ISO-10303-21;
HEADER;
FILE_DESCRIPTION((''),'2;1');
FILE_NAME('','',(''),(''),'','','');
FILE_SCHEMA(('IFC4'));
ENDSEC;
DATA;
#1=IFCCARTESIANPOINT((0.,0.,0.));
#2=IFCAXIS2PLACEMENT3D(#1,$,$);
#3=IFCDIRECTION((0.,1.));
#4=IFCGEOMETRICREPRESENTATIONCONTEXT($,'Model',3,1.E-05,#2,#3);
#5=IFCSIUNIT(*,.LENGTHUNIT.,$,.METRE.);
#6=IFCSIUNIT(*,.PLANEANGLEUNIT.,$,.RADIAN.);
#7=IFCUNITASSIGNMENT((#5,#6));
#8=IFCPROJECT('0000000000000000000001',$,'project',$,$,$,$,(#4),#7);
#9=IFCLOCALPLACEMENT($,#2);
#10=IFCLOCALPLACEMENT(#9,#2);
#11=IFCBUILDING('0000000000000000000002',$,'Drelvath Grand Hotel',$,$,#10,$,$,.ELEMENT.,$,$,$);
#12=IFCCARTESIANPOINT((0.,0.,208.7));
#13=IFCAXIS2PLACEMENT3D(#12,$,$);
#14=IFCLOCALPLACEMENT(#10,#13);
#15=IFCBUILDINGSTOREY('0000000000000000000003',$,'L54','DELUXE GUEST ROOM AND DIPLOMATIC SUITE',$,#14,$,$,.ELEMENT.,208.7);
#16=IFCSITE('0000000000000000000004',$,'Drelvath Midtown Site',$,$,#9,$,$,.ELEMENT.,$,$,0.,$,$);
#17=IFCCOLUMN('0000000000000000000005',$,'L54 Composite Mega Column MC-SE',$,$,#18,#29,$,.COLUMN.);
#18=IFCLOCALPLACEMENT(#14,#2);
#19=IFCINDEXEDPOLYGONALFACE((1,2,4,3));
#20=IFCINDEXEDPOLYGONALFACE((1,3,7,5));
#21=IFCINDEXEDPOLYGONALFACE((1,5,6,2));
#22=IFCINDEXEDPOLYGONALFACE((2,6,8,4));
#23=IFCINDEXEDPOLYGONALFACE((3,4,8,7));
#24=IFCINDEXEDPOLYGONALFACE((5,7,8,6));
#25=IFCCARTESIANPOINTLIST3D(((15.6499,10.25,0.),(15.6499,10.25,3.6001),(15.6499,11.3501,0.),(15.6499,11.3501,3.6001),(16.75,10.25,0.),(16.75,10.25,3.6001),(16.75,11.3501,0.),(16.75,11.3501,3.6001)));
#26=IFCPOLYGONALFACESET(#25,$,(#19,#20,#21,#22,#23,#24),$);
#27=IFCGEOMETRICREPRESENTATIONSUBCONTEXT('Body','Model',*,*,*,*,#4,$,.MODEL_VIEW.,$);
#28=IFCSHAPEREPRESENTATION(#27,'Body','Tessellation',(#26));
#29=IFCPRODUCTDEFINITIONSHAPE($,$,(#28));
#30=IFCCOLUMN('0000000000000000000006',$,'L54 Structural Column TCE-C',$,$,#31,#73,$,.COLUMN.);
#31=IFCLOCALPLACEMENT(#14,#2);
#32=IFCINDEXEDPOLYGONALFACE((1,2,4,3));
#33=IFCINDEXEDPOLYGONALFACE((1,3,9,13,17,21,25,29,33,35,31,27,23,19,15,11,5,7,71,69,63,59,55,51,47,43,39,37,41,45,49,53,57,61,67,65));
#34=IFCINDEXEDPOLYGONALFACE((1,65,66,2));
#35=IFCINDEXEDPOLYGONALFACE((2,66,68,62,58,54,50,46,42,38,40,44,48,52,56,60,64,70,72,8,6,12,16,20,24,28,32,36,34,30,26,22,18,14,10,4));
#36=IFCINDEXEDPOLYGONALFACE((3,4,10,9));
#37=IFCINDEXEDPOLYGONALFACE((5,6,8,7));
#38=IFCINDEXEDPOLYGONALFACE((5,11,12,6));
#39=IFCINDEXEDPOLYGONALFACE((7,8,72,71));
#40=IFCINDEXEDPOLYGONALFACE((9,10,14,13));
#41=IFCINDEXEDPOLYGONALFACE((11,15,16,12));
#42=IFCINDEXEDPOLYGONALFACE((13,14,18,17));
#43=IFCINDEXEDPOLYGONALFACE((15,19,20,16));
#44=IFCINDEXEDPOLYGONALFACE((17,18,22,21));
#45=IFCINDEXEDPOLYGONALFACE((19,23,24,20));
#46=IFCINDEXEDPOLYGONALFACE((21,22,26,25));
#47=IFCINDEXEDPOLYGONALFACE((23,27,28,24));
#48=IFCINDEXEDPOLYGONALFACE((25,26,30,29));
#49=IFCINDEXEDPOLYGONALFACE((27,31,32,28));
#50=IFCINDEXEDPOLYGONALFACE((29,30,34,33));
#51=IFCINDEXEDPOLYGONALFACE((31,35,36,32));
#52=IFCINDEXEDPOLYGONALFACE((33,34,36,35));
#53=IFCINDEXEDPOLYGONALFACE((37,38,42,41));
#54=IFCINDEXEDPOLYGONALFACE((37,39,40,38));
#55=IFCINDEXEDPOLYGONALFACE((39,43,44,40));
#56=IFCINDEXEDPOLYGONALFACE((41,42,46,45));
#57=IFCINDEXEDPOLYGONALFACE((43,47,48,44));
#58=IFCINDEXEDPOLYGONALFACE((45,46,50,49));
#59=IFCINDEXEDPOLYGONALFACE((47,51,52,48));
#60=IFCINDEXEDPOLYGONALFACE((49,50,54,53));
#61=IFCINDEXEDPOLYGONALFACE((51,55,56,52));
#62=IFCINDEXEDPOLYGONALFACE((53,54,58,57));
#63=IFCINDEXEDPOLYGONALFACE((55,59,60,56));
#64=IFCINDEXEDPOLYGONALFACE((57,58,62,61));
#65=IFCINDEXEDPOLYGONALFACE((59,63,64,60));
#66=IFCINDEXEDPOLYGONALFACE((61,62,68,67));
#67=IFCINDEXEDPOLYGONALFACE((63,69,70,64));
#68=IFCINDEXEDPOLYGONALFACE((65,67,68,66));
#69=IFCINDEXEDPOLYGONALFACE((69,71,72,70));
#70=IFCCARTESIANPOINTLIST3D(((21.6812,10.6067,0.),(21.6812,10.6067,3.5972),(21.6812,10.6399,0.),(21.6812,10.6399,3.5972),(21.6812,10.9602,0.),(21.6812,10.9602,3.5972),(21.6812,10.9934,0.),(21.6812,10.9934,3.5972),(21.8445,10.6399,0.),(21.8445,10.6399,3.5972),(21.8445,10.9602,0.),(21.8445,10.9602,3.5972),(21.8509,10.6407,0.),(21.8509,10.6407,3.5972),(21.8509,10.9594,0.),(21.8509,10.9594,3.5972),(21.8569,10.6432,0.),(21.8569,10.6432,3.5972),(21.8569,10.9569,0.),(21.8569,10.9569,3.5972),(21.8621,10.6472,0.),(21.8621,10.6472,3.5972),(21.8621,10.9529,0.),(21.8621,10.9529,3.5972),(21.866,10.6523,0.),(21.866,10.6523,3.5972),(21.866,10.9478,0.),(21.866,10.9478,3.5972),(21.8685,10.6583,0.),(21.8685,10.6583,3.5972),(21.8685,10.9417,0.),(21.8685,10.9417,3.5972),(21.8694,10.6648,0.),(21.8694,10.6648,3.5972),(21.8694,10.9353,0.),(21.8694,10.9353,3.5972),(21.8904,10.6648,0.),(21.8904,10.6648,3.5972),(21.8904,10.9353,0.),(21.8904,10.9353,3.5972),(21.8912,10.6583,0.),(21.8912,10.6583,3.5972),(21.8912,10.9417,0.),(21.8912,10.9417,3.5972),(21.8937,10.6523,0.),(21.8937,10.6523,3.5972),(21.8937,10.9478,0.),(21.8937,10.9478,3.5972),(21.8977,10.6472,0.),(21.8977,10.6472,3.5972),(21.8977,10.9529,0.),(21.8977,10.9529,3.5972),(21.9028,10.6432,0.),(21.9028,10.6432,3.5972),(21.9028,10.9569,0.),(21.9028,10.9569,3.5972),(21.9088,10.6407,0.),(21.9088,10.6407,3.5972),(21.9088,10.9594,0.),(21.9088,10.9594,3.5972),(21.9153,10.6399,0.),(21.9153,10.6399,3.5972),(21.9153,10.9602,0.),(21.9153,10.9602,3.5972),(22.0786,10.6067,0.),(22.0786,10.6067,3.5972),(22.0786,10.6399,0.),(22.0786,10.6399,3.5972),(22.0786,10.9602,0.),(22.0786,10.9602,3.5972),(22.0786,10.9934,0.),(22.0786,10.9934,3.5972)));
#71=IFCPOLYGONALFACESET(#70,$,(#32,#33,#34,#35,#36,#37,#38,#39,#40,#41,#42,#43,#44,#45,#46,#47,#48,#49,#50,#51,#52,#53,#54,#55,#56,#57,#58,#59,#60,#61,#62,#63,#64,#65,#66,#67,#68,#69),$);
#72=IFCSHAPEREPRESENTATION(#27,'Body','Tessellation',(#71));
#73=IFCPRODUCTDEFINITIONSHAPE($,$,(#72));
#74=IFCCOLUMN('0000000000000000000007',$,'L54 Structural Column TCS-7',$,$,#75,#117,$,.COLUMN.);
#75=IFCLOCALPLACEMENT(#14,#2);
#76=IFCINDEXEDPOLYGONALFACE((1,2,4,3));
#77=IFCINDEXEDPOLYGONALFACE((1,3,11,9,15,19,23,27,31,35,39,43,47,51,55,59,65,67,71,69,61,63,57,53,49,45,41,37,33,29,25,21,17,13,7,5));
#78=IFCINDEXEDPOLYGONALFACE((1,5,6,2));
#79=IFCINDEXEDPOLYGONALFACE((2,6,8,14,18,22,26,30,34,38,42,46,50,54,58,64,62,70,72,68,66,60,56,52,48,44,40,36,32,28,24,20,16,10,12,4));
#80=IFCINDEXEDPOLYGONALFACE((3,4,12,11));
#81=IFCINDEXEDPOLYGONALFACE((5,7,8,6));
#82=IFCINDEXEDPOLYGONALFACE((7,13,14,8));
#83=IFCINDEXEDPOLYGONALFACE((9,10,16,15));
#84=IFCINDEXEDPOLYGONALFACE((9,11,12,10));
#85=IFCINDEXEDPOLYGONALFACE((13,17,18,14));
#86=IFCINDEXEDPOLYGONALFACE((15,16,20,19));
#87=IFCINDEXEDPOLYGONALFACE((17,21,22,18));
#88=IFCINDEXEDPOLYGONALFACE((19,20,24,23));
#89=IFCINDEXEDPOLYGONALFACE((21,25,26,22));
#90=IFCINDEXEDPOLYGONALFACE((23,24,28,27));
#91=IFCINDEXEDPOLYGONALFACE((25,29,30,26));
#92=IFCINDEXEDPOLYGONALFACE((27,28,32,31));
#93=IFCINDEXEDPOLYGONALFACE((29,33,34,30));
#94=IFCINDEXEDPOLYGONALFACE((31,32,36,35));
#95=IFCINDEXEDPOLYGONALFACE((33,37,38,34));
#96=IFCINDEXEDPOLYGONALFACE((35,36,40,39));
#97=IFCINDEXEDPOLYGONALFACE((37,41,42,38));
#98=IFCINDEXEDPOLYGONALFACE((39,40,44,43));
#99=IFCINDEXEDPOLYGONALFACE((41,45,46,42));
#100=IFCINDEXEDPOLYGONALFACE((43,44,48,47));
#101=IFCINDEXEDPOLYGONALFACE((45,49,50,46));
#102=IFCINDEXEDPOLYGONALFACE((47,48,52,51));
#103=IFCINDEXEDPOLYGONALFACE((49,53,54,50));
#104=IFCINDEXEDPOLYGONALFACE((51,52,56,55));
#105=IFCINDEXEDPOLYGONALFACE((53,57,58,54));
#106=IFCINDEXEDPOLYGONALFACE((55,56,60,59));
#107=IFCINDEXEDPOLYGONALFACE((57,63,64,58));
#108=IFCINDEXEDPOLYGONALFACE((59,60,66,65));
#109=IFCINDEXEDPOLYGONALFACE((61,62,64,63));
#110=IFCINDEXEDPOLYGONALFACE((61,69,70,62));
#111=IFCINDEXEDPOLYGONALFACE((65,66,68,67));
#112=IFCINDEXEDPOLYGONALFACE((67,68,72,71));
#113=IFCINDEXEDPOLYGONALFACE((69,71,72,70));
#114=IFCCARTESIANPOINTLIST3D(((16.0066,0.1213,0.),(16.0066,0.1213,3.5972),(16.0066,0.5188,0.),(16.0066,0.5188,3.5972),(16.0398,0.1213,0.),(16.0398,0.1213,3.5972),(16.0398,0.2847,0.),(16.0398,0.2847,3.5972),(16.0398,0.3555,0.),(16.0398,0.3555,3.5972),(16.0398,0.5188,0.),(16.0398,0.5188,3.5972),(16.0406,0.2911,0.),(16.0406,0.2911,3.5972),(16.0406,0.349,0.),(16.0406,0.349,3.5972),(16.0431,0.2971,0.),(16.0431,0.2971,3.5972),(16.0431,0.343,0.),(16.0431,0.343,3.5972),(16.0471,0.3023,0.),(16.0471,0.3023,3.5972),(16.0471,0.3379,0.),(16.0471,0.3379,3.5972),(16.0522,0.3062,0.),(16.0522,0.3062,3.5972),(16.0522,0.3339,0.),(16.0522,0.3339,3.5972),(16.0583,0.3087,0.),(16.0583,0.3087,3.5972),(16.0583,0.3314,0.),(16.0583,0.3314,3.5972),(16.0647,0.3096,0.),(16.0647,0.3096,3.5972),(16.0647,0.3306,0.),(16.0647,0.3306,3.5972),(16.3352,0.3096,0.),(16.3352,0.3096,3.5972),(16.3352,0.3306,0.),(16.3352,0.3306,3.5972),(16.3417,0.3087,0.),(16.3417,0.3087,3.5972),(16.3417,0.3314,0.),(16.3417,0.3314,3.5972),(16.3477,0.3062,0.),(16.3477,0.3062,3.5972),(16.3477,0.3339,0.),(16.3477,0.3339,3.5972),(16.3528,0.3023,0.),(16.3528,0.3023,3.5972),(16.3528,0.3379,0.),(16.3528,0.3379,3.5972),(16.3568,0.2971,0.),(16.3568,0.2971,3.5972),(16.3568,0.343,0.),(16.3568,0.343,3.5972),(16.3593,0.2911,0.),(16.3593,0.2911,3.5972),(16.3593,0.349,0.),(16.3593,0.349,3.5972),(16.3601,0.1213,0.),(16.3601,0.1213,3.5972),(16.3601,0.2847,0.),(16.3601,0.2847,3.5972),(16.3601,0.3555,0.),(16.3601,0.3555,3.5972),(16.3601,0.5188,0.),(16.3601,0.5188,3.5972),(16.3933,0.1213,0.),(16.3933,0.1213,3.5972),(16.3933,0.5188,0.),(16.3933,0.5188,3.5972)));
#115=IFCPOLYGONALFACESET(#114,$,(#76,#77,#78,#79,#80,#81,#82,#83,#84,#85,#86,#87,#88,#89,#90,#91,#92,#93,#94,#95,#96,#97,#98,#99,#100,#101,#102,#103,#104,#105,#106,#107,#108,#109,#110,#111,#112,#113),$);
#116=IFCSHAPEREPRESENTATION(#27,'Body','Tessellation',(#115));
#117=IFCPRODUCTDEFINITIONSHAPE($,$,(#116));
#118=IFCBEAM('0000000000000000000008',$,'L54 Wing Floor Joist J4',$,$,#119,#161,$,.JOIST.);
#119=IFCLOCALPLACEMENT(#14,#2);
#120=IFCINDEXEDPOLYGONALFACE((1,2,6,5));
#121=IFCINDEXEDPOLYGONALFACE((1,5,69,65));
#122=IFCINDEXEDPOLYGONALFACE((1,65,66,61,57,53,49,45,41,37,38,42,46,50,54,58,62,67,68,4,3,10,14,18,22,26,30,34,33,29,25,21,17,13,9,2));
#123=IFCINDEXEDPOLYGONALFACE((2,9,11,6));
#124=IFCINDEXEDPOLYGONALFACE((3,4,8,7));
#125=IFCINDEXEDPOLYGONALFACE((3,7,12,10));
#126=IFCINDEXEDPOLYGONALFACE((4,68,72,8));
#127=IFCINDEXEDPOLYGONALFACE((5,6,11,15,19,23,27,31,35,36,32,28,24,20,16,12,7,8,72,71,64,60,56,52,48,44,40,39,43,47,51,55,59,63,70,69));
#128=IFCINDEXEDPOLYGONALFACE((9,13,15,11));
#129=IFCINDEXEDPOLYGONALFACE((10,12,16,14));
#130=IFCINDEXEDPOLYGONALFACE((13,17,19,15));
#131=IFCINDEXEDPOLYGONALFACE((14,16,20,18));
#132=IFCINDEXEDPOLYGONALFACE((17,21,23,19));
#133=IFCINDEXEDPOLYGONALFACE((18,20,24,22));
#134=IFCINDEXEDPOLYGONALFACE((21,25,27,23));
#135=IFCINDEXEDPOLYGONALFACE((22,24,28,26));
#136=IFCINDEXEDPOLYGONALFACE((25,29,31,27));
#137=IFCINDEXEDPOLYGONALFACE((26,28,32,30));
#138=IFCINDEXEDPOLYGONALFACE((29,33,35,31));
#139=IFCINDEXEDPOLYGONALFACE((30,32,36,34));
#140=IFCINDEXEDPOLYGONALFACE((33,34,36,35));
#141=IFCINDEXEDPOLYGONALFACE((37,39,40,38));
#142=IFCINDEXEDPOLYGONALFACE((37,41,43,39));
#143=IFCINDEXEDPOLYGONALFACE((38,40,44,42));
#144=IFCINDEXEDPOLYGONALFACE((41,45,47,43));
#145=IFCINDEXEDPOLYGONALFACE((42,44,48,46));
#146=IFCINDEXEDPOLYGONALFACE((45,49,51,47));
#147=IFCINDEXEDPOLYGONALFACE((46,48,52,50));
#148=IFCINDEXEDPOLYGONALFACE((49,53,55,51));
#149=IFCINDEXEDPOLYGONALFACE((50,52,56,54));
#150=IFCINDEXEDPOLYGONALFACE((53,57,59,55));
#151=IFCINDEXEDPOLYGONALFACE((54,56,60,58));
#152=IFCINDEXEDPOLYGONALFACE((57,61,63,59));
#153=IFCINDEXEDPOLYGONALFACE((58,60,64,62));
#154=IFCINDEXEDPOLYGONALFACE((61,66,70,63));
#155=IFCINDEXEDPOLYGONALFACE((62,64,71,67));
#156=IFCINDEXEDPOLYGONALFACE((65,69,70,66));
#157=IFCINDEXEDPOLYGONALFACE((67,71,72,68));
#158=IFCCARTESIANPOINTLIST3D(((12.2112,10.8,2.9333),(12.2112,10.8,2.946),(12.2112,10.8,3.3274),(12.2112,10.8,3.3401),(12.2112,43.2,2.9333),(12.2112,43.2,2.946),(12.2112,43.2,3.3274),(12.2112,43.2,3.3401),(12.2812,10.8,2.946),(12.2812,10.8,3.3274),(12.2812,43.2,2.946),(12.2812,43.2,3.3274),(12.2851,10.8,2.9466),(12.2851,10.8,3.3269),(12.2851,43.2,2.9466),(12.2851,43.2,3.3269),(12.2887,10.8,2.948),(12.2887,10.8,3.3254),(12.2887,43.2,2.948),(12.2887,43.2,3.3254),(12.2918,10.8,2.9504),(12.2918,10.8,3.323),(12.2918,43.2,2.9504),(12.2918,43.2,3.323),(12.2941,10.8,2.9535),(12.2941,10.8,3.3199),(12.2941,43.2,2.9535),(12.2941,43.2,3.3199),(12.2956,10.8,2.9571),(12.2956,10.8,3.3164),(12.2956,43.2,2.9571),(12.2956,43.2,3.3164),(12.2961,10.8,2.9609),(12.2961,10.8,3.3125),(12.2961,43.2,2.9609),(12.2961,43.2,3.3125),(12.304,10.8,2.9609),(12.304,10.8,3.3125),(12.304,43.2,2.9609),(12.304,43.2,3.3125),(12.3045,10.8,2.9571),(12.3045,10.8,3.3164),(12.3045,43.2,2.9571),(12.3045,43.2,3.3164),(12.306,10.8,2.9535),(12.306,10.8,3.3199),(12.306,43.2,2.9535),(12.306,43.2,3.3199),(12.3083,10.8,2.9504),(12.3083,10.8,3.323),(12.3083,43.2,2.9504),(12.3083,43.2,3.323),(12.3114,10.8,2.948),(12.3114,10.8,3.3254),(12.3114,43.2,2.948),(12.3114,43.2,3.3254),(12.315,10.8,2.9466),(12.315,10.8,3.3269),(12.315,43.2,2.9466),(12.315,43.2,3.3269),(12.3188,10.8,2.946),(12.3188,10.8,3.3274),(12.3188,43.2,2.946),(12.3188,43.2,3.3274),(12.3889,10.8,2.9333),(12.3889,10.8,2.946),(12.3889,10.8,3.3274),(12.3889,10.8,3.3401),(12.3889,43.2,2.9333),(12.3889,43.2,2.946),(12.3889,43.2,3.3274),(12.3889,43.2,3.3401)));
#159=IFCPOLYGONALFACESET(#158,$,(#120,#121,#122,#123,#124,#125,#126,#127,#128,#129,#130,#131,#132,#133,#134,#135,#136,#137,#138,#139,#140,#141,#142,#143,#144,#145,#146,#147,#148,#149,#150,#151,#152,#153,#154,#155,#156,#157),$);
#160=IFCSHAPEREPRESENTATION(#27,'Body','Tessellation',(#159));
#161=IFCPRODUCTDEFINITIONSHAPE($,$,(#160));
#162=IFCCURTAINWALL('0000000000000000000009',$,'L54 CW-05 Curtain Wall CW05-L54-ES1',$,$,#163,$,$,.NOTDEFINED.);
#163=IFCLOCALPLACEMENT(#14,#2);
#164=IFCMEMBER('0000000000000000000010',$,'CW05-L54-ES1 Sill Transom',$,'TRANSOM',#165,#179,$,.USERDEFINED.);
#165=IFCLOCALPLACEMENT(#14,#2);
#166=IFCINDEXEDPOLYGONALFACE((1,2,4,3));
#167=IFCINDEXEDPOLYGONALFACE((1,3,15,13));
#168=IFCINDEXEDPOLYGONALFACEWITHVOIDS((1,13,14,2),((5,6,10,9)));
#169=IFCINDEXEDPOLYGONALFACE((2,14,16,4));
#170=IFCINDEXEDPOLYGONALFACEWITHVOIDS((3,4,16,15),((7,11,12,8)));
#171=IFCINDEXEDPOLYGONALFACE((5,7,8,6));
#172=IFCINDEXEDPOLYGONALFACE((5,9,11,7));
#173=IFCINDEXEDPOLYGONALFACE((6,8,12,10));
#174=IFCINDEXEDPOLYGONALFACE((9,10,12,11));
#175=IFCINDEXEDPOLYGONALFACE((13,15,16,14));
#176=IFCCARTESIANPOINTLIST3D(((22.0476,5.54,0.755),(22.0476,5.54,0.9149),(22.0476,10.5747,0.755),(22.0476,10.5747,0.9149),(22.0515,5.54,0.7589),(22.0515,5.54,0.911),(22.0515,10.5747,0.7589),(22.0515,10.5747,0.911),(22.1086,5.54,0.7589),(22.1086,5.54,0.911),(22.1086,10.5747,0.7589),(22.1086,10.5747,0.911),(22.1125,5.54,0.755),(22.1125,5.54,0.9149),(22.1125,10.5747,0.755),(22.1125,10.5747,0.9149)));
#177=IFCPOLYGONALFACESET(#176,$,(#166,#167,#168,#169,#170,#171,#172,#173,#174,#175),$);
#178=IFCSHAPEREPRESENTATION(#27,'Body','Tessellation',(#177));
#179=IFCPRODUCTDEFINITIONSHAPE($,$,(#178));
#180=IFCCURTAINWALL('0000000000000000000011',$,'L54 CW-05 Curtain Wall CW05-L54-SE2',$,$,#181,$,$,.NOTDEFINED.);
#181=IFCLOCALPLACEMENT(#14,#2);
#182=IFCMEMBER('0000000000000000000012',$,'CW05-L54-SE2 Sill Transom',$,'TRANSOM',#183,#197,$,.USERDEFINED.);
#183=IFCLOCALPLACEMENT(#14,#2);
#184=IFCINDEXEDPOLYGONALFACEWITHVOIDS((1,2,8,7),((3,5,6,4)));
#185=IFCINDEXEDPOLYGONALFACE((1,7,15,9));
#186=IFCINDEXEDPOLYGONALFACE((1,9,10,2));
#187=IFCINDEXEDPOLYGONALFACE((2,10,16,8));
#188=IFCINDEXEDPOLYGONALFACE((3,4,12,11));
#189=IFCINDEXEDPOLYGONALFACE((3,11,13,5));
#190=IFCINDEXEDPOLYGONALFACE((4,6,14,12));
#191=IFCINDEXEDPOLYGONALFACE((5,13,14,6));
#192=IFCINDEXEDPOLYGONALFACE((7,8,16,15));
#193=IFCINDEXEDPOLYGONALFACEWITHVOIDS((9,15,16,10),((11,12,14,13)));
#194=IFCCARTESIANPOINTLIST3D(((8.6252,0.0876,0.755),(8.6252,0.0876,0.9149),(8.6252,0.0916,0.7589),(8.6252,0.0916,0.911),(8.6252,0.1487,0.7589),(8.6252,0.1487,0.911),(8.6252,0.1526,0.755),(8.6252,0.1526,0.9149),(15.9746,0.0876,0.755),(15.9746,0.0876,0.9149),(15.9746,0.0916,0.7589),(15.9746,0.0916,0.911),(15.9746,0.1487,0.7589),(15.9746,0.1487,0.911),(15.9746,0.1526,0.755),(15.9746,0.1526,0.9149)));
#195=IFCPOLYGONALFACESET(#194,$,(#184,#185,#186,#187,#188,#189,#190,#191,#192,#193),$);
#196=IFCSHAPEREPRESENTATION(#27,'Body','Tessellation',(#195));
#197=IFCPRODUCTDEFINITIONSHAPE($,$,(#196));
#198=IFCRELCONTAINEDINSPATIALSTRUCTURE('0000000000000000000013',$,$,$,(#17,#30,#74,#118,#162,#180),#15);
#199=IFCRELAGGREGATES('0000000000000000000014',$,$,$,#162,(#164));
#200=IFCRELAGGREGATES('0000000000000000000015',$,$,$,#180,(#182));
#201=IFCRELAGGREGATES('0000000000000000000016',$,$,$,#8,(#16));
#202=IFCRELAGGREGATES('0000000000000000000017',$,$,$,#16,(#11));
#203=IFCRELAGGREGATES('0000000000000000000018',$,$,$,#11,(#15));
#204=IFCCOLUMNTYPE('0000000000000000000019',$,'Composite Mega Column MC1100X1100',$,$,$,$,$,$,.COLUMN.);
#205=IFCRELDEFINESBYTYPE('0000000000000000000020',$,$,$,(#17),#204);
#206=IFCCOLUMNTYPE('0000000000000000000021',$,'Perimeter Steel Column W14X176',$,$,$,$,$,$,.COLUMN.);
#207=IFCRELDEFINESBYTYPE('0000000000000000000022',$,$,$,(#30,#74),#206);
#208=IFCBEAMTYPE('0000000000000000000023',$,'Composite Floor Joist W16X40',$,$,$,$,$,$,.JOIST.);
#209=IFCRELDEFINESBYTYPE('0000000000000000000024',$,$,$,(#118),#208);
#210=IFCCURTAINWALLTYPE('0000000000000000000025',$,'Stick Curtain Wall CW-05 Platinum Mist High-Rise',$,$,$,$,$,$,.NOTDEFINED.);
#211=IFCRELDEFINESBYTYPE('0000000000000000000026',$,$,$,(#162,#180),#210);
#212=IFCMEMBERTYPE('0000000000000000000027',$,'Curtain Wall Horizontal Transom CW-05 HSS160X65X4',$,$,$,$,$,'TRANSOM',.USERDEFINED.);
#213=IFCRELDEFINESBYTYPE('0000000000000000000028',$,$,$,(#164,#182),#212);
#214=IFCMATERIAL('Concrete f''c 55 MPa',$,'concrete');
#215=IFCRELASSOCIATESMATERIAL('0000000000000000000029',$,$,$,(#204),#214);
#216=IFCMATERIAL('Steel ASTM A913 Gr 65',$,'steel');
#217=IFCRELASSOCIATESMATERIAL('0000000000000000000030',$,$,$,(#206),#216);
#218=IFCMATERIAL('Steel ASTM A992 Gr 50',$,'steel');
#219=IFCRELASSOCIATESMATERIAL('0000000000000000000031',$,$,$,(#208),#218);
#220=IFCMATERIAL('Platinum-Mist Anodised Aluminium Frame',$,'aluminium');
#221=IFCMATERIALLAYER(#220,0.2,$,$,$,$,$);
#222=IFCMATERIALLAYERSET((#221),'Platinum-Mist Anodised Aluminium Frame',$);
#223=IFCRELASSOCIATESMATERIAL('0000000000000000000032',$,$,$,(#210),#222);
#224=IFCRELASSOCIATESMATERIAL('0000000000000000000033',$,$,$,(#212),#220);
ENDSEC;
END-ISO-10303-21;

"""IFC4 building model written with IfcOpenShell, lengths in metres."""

from ifc_helpers import new_model, si_unit, direction, frame, origin, origin_2d, place, context, subcontext, project, spatial, rectangle, hollow_rectangle, i_section, extrude, material, layer, layer_set, material_profile, profile_set, type_object, element, aggregate, save


model = new_model("IFC4")

# Units and contexts
model_context = context("Model", 3, precision=1e-05, world=origin(), true_north=direction((0.0, 1.0)))
body_context = subcontext(model_context, "Body", "Model", "MODEL_VIEW")
ifc_project = project(units=[si_unit("LENGTHUNIT", "METRE"), si_unit("PLANEANGLEUNIT", "RADIAN")], contexts=[model_context])

# Site, building, storey
site_placement = place(None, origin())
site = spatial("IfcSite", under=ifc_project, at=site_placement, Name="Drelvath Midtown Site", CompositionType="ELEMENT", RefElevation=0.0)
building_placement = place(site_placement, origin())
building = spatial("IfcBuilding", under=site, at=building_placement, Name="Drelvath Grand Hotel", CompositionType="ELEMENT")
storey_placement = place(building_placement, frame((0.0, 0.0, 208.7)))
storey = spatial("IfcBuildingStorey", under=building, at=storey_placement, Name="L54", Description="DELUXE GUEST ROOM AND DIPLOMATIC SUITE", CompositionType="ELEMENT", Elevation=208.7)

# Columns
ifc_material_1 = material(Name="Concrete f'c 55 MPa", Category="concrete")
ifc_material_profile_1 = material_profile(ifc_material_1, rectangle(XDim=1.1001, YDim=1.1001, at=origin_2d()), Name="MC1100X1100")
ifc_profile_set_1 = profile_set([ifc_material_profile_1], Name="Concrete f'c 55 MPa")
column_type_1 = type_object("IfcColumnType", Name="Composite Mega Column MC1100X1100", PredefinedType="COLUMN", material=ifc_profile_set_1)
column_placement = place(storey_placement, frame((16.2, 10.8, 0.0), z_axis=(0.0, 0.0, 1.0), x_axis=(1.0, 0.0, 0.0)))
element("IfcColumn", 1, at=column_placement, inside=storey, type_object=column_type_1, Name="L54 Composite Mega Column MC-SE", PredefinedType="COLUMN", context=body_context, shape_type="SweptSolid", body=[
    extrude(rectangle(XDim=1.1001, YDim=1.1001, at=origin_2d()), origin(), (0.0, 0.0, 1.0), 3.6001),
])
ifc_material_2 = material(Name="Steel ASTM A913 Gr 65", Category="steel")
ifc_material_profile_2 = material_profile(ifc_material_2, i_section(OverallWidth=0.3975, OverallDepth=0.3867, WebThickness=0.021, FlangeThickness=0.0332, FilletRadius=0.0249, at=origin_2d()), Name="W14X176")
ifc_profile_set_2 = profile_set([ifc_material_profile_2], Name="Steel ASTM A913 Gr 65")
column_type_2 = type_object("IfcColumnType", Name="Perimeter Steel Column W14X176", PredefinedType="COLUMN", material=ifc_profile_set_2)
for number, where, z_axis, x_axis, name in (
    (2, (21.8799, 10.8, 0.0), (0.0, 0.0, 1.0), (1.0, 0.0, 0.0), "L54 Structural Column TCE-C"),
    (3, (16.2, 0.3201, 0.0), (0.0, 0.0, 1.0), (0.0, 1.0, 0.0), "L54 Structural Column TCS-7"),
):
    element("IfcColumn", number, at=place(storey_placement, frame(where, z_axis=z_axis, x_axis=x_axis)), inside=storey, type_object=column_type_2, Name=name, PredefinedType="COLUMN", context=body_context, shape_type="SweptSolid", body=[
        extrude(i_section(OverallWidth=0.3975, OverallDepth=0.3867, WebThickness=0.021, FlangeThickness=0.0332, FilletRadius=0.0249, at=origin_2d()), origin(), (0.0, 0.0, 1.0), 3.5972),
    ])

# Beam
ifc_material_3 = material(Name="Steel ASTM A992 Gr 50", Category="steel")
ifc_material_profile_3 = material_profile(ifc_material_3, i_section(OverallWidth=0.1777, OverallDepth=0.4067, WebThickness=0.0078, FlangeThickness=0.0127, FilletRadius=0.0149, at=origin_2d()), Name="W16X40")
ifc_profile_set_3 = profile_set([ifc_material_profile_3], Name="Steel ASTM A992 Gr 50")
beam_type_1 = type_object("IfcBeamType", Name="Composite Floor Joist W16X40", PredefinedType="JOIST", material=ifc_profile_set_3)
beam_1_placement = place(storey_placement, frame((12.3, 10.8, 3.1367), z_axis=(0.0, 1.0, 0.0), x_axis=(-1.0, 0.0, 0.0)))
element("IfcBeam", 4, at=beam_1_placement, inside=storey, type_object=beam_type_1, Name="L54 Wing Floor Joist J4", PredefinedType="JOIST", context=body_context, shape_type="SweptSolid", body=[
    extrude(i_section(OverallWidth=0.1777, OverallDepth=0.4067, WebThickness=0.0078, FlangeThickness=0.0127, FilletRadius=0.0149, at=origin_2d()), origin(), (0.0, 0.0, 1.0), 32.3999),
])

# Curtain walls, members
ifc_material_4 = material(Name="Platinum-Mist Anodised Aluminium Frame", Category="aluminium")
ifc_layer_1 = layer(ifc_material_4, 0.2)
ifc_layer_set_1 = layer_set([ifc_layer_1], Name="Platinum-Mist Anodised Aluminium Frame")
curtain_wall_type = type_object("IfcCurtainWallType", Name="Stick Curtain Wall CW-05 Platinum Mist High-Rise", PredefinedType="NOTDEFINED", material=ifc_layer_set_1)
curtain_wall_1_placement = place(storey_placement, origin())
curtain_wall_1 = element("IfcCurtainWall", 5, at=curtain_wall_1_placement, inside=storey, type_object=curtain_wall_type, Name="L54 CW-05 Curtain Wall CW05-L54-ES1", PredefinedType="NOTDEFINED")
ifc_material_profile_4 = material_profile(ifc_material_4, hollow_rectangle(XDim=0.0649, YDim=0.1599, WallThickness=0.0039, at=origin_2d()), Name="HSS160X65X4")
ifc_profile_set_4 = profile_set([ifc_material_profile_4], Name="Platinum-Mist Anodised Aluminium Frame")
member_type_1 = type_object("IfcMemberType", Name="Curtain Wall Horizontal Transom CW-05 HSS160X65X4", ElementType="TRANSOM", PredefinedType="USERDEFINED", material=ifc_profile_set_4)
member_1_placement = place(storey_placement, frame((22.0801, 10.5747, 0.835), z_axis=(0.0, -1.0, 0.0), x_axis=(1.0, 0.0, 0.0)))
member_1 = element("IfcMember", 6, at=member_1_placement, type_object=member_type_1, Name="CW05-L54-ES1 Sill Transom", ObjectType="TRANSOM", PredefinedType="USERDEFINED", context=body_context, shape_type="SweptSolid", body=[
    extrude(hollow_rectangle(XDim=0.0649, YDim=0.1599, WallThickness=0.0039, at=origin_2d()), origin(), (0.0, 0.0, 1.0), 5.0347),
])
curtain_wall_2_placement = place(storey_placement, origin())
curtain_wall_2 = element("IfcCurtainWall", 7, at=curtain_wall_2_placement, inside=storey, type_object=curtain_wall_type, Name="L54 CW-05 Curtain Wall CW05-L54-SE2", PredefinedType="NOTDEFINED")
member_2_placement = place(storey_placement, frame((15.9746, 0.1201, 0.835), z_axis=(-1.0, 0.0, 0.0), x_axis=(0.0, -1.0, 0.0)))
member_2 = element("IfcMember", 8, at=member_2_placement, type_object=member_type_1, Name="CW05-L54-SE2 Sill Transom", ObjectType="TRANSOM", PredefinedType="USERDEFINED", context=body_context, shape_type="SweptSolid", body=[
    extrude(hollow_rectangle(XDim=0.0649, YDim=0.1599, WallThickness=0.0039, at=origin_2d()), origin(), (0.0, 0.0, 1.0), 7.3494),
])

aggregate(curtain_wall_1, [member_1])
aggregate(curtain_wall_2, [member_2])

save(model, "model.ifc")
